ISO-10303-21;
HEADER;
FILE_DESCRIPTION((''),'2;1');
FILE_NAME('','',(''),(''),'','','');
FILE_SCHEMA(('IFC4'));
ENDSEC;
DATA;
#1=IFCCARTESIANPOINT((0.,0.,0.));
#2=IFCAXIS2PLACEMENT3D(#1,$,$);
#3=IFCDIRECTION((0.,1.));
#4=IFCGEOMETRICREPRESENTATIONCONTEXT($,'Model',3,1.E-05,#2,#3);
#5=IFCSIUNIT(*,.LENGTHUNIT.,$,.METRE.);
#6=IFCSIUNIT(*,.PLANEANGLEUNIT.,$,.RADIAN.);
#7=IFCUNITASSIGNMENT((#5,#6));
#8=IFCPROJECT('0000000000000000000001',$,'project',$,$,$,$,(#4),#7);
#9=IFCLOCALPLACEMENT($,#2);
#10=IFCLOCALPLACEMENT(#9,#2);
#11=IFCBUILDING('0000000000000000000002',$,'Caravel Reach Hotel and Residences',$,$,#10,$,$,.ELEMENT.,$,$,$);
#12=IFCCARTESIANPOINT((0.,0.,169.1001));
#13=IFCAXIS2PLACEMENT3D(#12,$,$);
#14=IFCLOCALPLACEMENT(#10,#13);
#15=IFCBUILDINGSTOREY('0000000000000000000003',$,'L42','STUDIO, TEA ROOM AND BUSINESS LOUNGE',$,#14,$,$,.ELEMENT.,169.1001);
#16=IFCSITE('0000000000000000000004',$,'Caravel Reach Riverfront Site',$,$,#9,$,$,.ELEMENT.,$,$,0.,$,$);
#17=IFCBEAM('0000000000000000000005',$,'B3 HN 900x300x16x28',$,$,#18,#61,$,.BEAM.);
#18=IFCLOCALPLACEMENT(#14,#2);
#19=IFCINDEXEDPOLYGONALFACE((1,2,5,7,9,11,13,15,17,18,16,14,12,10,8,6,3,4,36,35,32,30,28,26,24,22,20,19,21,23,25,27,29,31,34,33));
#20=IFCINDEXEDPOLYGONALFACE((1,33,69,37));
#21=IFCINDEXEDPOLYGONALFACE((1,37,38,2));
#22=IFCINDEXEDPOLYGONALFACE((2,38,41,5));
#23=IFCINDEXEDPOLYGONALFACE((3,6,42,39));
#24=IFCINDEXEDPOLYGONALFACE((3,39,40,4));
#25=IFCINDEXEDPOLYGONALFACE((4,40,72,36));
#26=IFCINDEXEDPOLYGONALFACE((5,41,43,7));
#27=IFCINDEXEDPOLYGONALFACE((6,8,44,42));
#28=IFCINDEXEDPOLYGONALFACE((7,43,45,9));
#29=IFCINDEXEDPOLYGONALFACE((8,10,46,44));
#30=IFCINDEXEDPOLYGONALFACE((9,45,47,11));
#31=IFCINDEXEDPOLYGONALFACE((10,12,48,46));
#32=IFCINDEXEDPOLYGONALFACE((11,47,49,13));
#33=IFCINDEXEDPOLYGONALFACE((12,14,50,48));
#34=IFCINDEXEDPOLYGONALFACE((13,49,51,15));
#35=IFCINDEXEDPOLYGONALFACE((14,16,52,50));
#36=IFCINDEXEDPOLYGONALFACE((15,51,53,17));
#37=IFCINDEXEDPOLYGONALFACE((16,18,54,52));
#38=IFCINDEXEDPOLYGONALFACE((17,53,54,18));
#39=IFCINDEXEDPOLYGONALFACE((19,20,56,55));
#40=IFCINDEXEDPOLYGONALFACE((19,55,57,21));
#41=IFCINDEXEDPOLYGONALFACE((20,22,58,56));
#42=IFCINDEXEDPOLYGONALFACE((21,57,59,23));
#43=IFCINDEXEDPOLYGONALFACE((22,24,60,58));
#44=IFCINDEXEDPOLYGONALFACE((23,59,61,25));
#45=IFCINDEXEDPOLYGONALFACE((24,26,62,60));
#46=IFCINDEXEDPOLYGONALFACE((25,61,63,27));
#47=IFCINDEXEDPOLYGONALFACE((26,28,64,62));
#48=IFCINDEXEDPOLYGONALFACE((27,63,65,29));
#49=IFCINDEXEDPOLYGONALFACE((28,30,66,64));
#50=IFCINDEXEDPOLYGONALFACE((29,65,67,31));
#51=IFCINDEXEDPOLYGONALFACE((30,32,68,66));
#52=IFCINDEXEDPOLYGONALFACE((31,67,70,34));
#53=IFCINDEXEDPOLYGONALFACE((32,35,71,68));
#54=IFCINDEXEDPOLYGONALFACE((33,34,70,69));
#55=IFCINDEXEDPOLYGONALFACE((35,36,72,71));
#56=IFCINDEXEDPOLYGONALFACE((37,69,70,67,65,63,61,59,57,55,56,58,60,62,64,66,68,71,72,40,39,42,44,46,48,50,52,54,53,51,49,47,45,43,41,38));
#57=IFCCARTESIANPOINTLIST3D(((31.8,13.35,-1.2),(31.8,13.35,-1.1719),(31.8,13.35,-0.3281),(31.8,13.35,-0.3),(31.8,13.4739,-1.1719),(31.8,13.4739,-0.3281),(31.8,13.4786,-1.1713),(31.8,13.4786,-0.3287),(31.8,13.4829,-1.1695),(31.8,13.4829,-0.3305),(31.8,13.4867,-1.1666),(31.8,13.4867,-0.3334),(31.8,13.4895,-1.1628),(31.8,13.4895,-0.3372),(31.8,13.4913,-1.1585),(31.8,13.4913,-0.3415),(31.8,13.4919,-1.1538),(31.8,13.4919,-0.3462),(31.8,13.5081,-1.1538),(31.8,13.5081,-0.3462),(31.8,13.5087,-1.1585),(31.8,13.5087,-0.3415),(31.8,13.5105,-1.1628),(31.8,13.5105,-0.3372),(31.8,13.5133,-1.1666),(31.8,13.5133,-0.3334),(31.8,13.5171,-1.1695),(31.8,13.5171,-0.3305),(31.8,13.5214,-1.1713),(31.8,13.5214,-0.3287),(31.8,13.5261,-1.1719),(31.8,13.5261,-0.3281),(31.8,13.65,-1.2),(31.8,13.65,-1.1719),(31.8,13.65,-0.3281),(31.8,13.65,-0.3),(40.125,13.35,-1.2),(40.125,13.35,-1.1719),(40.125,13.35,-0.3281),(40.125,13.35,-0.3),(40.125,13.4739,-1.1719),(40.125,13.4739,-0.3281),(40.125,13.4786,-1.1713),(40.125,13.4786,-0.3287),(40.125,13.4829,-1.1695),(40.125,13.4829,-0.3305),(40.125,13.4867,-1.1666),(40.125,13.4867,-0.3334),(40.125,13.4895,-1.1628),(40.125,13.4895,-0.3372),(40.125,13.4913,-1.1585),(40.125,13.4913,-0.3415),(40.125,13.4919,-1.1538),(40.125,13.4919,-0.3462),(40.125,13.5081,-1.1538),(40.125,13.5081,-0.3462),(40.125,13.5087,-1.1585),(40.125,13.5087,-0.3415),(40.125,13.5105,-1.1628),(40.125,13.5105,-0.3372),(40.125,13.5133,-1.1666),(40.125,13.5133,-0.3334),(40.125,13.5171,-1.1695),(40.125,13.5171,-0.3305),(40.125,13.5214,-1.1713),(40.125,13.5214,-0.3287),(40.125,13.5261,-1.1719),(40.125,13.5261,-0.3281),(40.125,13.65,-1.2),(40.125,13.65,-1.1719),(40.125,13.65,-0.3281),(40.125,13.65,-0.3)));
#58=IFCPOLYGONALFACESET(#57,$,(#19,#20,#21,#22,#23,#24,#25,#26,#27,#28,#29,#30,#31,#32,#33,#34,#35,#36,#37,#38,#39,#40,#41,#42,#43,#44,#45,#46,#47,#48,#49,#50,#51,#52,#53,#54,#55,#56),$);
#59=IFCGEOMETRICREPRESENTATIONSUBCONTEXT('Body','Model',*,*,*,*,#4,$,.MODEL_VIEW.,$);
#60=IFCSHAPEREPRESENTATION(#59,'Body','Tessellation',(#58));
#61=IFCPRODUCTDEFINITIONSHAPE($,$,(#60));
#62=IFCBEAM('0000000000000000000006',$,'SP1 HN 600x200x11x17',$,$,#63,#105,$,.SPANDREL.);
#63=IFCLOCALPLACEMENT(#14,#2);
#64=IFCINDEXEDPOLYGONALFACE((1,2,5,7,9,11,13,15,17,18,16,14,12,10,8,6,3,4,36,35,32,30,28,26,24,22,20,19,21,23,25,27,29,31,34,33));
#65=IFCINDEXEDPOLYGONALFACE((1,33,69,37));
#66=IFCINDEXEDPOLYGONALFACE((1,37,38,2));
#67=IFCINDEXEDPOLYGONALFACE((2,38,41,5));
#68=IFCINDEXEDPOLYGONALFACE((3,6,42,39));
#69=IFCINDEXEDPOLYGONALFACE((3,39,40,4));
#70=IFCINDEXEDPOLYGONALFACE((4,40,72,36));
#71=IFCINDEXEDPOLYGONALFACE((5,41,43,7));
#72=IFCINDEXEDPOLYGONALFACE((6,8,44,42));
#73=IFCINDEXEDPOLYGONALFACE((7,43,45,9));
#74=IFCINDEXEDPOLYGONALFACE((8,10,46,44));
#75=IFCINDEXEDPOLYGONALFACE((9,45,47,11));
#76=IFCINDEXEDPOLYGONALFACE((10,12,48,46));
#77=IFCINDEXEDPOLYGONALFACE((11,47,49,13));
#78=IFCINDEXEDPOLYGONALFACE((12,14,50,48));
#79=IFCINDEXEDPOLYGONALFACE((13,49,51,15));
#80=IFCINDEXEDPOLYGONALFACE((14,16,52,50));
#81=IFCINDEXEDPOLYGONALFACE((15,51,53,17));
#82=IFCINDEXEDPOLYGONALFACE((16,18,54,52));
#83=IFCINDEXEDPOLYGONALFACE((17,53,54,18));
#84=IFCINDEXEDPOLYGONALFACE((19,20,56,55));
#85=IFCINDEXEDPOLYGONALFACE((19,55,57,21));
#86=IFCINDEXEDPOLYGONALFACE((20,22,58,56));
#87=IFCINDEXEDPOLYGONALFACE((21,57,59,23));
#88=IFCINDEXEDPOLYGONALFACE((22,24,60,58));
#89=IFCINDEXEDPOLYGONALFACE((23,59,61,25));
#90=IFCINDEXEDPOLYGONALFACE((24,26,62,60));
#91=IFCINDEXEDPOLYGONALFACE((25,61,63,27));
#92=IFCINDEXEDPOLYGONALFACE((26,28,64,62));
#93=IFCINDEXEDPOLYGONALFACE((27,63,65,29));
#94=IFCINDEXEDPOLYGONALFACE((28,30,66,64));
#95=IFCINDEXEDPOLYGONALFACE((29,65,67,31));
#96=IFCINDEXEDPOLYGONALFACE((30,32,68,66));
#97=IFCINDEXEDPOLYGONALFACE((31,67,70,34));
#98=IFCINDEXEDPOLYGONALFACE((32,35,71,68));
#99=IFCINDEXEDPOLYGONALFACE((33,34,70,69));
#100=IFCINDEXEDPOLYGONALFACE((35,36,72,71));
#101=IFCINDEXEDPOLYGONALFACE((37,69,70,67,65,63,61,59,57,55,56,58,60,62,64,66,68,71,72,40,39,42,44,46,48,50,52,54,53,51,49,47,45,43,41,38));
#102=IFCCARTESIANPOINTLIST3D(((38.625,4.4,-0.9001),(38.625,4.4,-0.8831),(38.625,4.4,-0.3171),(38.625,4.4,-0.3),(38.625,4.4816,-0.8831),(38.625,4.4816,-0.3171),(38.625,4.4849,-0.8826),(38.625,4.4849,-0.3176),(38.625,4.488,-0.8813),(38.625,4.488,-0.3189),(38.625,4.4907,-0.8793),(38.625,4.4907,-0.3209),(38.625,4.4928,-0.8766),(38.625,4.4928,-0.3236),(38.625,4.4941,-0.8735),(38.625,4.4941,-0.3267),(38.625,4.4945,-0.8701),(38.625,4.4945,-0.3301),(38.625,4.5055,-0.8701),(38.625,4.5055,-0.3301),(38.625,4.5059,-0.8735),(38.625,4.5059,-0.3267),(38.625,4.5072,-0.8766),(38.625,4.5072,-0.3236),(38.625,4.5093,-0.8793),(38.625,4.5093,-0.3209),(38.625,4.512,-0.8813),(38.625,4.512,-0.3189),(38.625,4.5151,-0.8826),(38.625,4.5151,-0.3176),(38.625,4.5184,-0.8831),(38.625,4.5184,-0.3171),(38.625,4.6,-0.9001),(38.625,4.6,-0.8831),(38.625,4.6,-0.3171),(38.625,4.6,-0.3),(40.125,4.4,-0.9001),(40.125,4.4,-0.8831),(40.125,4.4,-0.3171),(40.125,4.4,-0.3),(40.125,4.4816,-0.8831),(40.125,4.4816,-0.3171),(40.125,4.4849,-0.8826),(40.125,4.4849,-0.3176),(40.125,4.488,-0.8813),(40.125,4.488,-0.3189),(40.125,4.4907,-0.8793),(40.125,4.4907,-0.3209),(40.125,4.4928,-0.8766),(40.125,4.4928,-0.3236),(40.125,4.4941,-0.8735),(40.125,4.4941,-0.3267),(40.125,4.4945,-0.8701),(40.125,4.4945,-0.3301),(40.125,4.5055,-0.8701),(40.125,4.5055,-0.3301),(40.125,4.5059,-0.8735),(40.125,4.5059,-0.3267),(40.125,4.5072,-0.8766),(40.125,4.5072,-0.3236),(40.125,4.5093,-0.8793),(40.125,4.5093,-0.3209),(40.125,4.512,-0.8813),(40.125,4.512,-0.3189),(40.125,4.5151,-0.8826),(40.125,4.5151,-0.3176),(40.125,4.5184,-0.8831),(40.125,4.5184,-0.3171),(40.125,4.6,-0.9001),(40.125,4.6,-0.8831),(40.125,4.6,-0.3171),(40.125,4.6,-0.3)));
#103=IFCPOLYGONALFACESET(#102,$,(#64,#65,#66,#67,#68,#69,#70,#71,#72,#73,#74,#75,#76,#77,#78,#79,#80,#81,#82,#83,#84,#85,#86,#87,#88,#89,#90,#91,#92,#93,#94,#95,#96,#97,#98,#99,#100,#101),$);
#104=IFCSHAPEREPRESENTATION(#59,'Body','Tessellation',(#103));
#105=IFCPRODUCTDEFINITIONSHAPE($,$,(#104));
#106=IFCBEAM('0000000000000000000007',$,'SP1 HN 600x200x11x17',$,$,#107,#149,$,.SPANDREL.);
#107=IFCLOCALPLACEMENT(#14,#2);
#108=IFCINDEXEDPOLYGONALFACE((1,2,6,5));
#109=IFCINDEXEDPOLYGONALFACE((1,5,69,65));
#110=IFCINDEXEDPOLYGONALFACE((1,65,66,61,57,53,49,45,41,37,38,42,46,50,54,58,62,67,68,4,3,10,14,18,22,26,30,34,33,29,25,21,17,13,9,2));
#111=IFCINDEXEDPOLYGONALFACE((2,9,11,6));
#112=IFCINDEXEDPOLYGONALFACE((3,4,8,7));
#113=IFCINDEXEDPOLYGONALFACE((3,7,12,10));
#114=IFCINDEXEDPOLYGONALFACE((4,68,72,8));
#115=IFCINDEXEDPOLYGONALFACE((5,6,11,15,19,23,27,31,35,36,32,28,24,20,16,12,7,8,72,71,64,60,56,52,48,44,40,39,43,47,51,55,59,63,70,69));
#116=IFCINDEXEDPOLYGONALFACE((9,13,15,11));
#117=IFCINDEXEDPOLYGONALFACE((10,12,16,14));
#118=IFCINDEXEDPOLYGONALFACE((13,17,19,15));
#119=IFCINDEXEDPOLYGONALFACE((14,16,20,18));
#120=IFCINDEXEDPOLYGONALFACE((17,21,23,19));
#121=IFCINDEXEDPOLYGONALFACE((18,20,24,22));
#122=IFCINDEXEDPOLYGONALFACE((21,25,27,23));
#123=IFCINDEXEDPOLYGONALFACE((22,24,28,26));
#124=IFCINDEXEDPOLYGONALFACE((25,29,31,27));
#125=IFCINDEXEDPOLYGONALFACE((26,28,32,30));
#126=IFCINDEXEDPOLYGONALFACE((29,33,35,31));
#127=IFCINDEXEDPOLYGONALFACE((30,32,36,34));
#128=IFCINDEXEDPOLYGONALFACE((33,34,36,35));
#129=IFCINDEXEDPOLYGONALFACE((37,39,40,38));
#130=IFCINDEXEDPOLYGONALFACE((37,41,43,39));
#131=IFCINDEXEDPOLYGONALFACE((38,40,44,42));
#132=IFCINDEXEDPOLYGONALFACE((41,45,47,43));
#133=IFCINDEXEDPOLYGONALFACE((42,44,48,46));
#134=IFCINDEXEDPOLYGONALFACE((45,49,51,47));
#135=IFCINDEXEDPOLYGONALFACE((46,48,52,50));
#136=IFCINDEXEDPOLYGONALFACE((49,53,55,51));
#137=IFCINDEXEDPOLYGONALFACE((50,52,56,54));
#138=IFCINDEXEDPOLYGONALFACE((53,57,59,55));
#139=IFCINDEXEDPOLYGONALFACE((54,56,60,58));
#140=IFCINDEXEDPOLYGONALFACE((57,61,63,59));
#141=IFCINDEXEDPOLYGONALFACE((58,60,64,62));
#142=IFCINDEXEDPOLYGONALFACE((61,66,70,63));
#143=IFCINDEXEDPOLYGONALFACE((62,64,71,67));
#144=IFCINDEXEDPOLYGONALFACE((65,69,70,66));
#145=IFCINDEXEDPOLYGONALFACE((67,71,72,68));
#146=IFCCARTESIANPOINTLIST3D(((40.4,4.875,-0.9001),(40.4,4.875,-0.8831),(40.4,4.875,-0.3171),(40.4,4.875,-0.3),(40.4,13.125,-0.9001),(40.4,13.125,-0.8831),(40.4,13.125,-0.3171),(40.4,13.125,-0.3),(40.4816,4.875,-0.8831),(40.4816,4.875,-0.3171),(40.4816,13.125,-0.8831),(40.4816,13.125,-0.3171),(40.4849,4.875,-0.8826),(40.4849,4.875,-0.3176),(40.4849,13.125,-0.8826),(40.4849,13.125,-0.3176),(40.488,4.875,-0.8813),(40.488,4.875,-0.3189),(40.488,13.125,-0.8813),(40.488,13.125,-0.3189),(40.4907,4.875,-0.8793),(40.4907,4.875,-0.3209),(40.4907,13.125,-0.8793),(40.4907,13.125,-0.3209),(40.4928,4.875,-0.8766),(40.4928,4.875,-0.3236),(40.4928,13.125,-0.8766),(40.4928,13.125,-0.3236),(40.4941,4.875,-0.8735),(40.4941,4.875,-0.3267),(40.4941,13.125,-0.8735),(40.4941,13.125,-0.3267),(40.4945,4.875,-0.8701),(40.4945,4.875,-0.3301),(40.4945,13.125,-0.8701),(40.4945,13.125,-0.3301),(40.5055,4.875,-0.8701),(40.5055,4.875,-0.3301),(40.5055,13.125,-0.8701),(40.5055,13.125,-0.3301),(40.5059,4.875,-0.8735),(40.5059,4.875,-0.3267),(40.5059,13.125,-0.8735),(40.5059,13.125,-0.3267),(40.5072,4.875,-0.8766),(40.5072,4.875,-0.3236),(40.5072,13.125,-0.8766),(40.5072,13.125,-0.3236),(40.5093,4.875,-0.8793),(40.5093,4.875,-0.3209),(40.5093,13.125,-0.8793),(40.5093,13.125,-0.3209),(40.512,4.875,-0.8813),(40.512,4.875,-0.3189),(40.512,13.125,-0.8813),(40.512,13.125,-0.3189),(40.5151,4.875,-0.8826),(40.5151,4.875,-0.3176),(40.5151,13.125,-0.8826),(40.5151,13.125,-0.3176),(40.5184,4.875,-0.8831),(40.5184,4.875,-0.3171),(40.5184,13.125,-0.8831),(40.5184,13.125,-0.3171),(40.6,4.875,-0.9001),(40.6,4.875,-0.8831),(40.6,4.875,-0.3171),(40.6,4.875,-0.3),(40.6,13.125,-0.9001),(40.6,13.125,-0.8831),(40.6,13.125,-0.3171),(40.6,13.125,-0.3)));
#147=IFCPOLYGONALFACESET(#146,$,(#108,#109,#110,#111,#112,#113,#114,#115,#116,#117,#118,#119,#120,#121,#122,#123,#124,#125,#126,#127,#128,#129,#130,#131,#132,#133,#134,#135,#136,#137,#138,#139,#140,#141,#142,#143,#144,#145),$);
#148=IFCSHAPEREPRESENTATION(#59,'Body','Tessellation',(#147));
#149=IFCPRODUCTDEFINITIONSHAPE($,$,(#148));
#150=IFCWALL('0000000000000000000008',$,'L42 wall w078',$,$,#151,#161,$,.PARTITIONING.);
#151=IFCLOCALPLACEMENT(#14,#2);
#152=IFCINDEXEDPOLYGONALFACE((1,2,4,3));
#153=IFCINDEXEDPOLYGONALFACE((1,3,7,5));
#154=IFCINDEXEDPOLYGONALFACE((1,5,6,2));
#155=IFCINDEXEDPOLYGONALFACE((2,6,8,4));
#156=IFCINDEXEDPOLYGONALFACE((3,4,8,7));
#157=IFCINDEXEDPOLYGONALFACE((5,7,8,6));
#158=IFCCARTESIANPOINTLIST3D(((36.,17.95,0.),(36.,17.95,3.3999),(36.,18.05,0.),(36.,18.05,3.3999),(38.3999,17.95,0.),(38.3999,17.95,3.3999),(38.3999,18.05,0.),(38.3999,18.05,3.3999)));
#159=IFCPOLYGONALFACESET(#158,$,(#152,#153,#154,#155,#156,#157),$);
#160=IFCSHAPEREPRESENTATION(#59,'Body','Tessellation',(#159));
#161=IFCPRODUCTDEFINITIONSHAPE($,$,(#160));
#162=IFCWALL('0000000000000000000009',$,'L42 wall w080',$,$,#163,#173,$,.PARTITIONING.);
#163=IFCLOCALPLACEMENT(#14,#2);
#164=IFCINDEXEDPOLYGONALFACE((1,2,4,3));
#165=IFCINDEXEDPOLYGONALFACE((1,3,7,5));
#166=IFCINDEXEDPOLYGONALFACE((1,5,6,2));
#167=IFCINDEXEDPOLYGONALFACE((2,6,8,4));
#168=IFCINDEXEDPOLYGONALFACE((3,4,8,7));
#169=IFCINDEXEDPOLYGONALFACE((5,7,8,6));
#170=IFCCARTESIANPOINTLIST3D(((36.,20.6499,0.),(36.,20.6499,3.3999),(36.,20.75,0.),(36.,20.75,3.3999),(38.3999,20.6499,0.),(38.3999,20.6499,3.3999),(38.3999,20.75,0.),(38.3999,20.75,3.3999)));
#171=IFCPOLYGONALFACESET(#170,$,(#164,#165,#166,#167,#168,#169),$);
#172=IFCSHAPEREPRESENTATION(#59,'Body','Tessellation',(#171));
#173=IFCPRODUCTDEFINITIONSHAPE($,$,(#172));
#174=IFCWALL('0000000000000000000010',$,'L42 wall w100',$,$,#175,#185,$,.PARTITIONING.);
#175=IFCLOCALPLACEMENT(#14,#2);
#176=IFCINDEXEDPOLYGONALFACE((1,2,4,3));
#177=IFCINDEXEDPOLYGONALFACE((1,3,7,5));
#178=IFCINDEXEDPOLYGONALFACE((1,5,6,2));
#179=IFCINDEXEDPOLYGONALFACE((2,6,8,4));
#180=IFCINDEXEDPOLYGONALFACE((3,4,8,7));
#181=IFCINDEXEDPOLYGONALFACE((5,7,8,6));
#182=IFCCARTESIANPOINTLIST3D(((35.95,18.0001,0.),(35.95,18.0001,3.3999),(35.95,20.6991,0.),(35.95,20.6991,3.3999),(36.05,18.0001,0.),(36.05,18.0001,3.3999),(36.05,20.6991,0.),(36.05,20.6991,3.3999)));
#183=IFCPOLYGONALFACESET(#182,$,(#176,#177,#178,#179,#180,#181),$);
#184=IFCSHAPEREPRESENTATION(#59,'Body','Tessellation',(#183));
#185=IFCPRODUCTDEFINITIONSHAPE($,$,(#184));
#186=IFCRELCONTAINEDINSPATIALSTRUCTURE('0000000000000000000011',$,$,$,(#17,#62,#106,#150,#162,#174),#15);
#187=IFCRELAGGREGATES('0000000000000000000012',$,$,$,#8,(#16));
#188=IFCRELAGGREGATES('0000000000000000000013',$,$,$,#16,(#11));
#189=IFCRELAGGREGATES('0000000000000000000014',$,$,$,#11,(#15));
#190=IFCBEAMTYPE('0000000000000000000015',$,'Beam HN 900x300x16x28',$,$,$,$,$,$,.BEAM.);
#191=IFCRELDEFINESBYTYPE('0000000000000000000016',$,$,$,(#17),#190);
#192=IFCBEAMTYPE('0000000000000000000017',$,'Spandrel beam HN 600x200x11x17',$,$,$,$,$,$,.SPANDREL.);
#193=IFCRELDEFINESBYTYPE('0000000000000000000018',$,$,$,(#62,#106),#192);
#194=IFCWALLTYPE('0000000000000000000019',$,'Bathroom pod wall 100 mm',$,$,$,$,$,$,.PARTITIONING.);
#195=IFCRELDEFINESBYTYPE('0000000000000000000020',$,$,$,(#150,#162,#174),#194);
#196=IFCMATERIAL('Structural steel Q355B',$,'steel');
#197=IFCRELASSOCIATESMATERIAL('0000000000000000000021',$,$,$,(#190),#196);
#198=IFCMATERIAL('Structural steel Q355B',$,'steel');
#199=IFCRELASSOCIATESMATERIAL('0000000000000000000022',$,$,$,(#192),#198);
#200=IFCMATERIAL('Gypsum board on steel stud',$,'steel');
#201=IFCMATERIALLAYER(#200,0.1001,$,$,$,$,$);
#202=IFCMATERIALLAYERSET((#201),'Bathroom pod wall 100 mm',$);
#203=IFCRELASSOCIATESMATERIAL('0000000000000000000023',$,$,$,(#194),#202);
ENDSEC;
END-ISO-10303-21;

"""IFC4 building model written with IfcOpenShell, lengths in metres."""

from ifc_helpers import new_model, si_unit, direction, frame, frame_2d, origin, origin_2d, place, context, subcontext, project, spatial, rectangle, i_section, extrude, material, layer, layer_set, material_profile, profile_set, type_object, element, save


model = new_model("IFC4")

# Units and contexts
model_context = context("Model", 3, precision=1e-05, world=origin(), true_north=direction((0.0, 1.0)))
body_context = subcontext(model_context, "Body", "Model", "MODEL_VIEW")
ifc_project = project(units=[si_unit("LENGTHUNIT", "METRE"), si_unit("PLANEANGLEUNIT", "RADIAN")], contexts=[model_context])

# Site, building, storey
site_placement = place(None, origin())
site = spatial("IfcSite", under=ifc_project, at=site_placement, Name="Caravel Reach Riverfront Site", CompositionType="ELEMENT", RefElevation=0.0)
building_placement = place(site_placement, origin())
building = spatial("IfcBuilding", under=site, at=building_placement, Name="Caravel Reach Hotel and Residences", CompositionType="ELEMENT")
storey_placement = place(building_placement, frame((0.0, 0.0, 169.1001)))
storey = spatial("IfcBuildingStorey", under=building, at=storey_placement, Name="L42", Description="STUDIO, TEA ROOM AND BUSINESS LOUNGE", CompositionType="ELEMENT", Elevation=169.1001)

# Beams
ifc_material_1 = material(Name="Structural steel Q355B", Category="steel")
ifc_material_profile_1 = material_profile(ifc_material_1, i_section(OverallWidth=0.3, OverallDepth=0.8999, WebThickness=0.0161, FlangeThickness=0.0281, FilletRadius=0.0181, at=origin_2d()), Name="HN 900x300x16x28")
ifc_profile_set_1 = profile_set([ifc_material_profile_1], Name="Structural steel Q355B")
beam_type_1 = type_object("IfcBeamType", Name="Beam HN 900x300x16x28", PredefinedType="BEAM", material=ifc_profile_set_1)
beam_1_placement = place(storey_placement, frame((31.8, 13.5, -0.75), z_axis=(1.0, 0.0, 0.0), x_axis=(0.0, 1.0, 0.0)))
element("IfcBeam", 1, at=beam_1_placement, inside=storey, type_object=beam_type_1, Name="B3 HN 900x300x16x28", PredefinedType="BEAM", context=body_context, shape_type="SweptSolid", body=[
    extrude(i_section(OverallWidth=0.3, OverallDepth=0.8999, WebThickness=0.0161, FlangeThickness=0.0281, FilletRadius=0.0181, at=origin_2d()), origin(), (0.0, 0.0, 1.0), 8.325),
])
ifc_material_2 = material(Name="Structural steel Q355B", Category="steel")
ifc_material_profile_2 = material_profile(ifc_material_2, i_section(OverallWidth=0.2, OverallDepth=0.6001, WebThickness=0.011, FlangeThickness=0.0171, FilletRadius=0.0129, at=origin_2d()), Name="HN 600x200x11x17")
ifc_profile_set_2 = profile_set([ifc_material_profile_2], Name="Structural steel Q355B")
beam_type_2 = type_object("IfcBeamType", Name="Spandrel beam HN 600x200x11x17", PredefinedType="SPANDREL", material=ifc_profile_set_2)
beam_2_placement = place(storey_placement, frame((38.625, 4.5, -0.6001), z_axis=(1.0, 0.0, 0.0), x_axis=(0.0, 1.0, 0.0)))
element("IfcBeam", 2, at=beam_2_placement, inside=storey, type_object=beam_type_2, Name="SP1 HN 600x200x11x17", PredefinedType="SPANDREL", context=body_context, shape_type="SweptSolid", body=[
    extrude(i_section(OverallWidth=0.2, OverallDepth=0.6001, WebThickness=0.011, FlangeThickness=0.0171, FilletRadius=0.0129, at=origin_2d()), origin(), (0.0, 0.0, 1.0), 1.5),
])
beam_3_placement = place(storey_placement, frame((40.5, 4.875, -0.6001), z_axis=(0.0, 1.0, 0.0), x_axis=(-1.0, 0.0, 0.0)))
element("IfcBeam", 3, at=beam_3_placement, inside=storey, type_object=beam_type_2, Name="SP1 HN 600x200x11x17", PredefinedType="SPANDREL", context=body_context, shape_type="SweptSolid", body=[
    extrude(i_section(OverallWidth=0.2, OverallDepth=0.6001, WebThickness=0.011, FlangeThickness=0.0171, FilletRadius=0.0129, at=origin_2d()), origin(), (0.0, 0.0, 1.0), 8.25),
])

# Walls
ifc_material_3 = material(Name="Gypsum board on steel stud", Category="steel")
ifc_layer_1 = layer(ifc_material_3, 0.1001)
ifc_layer_set_1 = layer_set([ifc_layer_1], Name="Bathroom pod wall 100 mm")
wall_type_1 = type_object("IfcWallType", Name="Bathroom pod wall 100 mm", PredefinedType="PARTITIONING", material=ifc_layer_set_1)
for number, where, z_axis, x_axis, name in (
    (4, (36.0, 18.0, 0.0), (0.0, 0.0, 1.0), (1.0, 0.0, 0.0), "L42 wall w078"),
    (5, (36.0, 20.7, 0.0), (0.0, 0.0, 1.0), (1.0, 0.0, 0.0), "L42 wall w080"),
):
    element("IfcWall", number, at=place(storey_placement, frame(where, z_axis=z_axis, x_axis=x_axis)), inside=storey, type_object=wall_type_1, Name=name, PredefinedType="PARTITIONING", context=body_context, shape_type="SweptSolid", body=[
        extrude(rectangle(XDim=2.3999, YDim=0.1001, at=frame_2d((1.2, 0.0))), origin(), (0.0, 0.0, 1.0), 3.3999),
    ])
wall_1_placement = place(storey_placement, frame((36.0, 18.0, 0.0), z_axis=(0.0, 0.0, 1.0), x_axis=(0.0, 1.0, 0.0)))
element("IfcWall", 6, at=wall_1_placement, inside=storey, type_object=wall_type_1, Name="L42 wall w100", PredefinedType="PARTITIONING", context=body_context, shape_type="SweptSolid", body=[
    extrude(rectangle(XDim=2.699, YDim=0.1001, at=frame_2d((1.3496, 0.0))), origin(), (0.0, 0.0, 1.0), 3.3999),
])

save(model, "model.ifc")
